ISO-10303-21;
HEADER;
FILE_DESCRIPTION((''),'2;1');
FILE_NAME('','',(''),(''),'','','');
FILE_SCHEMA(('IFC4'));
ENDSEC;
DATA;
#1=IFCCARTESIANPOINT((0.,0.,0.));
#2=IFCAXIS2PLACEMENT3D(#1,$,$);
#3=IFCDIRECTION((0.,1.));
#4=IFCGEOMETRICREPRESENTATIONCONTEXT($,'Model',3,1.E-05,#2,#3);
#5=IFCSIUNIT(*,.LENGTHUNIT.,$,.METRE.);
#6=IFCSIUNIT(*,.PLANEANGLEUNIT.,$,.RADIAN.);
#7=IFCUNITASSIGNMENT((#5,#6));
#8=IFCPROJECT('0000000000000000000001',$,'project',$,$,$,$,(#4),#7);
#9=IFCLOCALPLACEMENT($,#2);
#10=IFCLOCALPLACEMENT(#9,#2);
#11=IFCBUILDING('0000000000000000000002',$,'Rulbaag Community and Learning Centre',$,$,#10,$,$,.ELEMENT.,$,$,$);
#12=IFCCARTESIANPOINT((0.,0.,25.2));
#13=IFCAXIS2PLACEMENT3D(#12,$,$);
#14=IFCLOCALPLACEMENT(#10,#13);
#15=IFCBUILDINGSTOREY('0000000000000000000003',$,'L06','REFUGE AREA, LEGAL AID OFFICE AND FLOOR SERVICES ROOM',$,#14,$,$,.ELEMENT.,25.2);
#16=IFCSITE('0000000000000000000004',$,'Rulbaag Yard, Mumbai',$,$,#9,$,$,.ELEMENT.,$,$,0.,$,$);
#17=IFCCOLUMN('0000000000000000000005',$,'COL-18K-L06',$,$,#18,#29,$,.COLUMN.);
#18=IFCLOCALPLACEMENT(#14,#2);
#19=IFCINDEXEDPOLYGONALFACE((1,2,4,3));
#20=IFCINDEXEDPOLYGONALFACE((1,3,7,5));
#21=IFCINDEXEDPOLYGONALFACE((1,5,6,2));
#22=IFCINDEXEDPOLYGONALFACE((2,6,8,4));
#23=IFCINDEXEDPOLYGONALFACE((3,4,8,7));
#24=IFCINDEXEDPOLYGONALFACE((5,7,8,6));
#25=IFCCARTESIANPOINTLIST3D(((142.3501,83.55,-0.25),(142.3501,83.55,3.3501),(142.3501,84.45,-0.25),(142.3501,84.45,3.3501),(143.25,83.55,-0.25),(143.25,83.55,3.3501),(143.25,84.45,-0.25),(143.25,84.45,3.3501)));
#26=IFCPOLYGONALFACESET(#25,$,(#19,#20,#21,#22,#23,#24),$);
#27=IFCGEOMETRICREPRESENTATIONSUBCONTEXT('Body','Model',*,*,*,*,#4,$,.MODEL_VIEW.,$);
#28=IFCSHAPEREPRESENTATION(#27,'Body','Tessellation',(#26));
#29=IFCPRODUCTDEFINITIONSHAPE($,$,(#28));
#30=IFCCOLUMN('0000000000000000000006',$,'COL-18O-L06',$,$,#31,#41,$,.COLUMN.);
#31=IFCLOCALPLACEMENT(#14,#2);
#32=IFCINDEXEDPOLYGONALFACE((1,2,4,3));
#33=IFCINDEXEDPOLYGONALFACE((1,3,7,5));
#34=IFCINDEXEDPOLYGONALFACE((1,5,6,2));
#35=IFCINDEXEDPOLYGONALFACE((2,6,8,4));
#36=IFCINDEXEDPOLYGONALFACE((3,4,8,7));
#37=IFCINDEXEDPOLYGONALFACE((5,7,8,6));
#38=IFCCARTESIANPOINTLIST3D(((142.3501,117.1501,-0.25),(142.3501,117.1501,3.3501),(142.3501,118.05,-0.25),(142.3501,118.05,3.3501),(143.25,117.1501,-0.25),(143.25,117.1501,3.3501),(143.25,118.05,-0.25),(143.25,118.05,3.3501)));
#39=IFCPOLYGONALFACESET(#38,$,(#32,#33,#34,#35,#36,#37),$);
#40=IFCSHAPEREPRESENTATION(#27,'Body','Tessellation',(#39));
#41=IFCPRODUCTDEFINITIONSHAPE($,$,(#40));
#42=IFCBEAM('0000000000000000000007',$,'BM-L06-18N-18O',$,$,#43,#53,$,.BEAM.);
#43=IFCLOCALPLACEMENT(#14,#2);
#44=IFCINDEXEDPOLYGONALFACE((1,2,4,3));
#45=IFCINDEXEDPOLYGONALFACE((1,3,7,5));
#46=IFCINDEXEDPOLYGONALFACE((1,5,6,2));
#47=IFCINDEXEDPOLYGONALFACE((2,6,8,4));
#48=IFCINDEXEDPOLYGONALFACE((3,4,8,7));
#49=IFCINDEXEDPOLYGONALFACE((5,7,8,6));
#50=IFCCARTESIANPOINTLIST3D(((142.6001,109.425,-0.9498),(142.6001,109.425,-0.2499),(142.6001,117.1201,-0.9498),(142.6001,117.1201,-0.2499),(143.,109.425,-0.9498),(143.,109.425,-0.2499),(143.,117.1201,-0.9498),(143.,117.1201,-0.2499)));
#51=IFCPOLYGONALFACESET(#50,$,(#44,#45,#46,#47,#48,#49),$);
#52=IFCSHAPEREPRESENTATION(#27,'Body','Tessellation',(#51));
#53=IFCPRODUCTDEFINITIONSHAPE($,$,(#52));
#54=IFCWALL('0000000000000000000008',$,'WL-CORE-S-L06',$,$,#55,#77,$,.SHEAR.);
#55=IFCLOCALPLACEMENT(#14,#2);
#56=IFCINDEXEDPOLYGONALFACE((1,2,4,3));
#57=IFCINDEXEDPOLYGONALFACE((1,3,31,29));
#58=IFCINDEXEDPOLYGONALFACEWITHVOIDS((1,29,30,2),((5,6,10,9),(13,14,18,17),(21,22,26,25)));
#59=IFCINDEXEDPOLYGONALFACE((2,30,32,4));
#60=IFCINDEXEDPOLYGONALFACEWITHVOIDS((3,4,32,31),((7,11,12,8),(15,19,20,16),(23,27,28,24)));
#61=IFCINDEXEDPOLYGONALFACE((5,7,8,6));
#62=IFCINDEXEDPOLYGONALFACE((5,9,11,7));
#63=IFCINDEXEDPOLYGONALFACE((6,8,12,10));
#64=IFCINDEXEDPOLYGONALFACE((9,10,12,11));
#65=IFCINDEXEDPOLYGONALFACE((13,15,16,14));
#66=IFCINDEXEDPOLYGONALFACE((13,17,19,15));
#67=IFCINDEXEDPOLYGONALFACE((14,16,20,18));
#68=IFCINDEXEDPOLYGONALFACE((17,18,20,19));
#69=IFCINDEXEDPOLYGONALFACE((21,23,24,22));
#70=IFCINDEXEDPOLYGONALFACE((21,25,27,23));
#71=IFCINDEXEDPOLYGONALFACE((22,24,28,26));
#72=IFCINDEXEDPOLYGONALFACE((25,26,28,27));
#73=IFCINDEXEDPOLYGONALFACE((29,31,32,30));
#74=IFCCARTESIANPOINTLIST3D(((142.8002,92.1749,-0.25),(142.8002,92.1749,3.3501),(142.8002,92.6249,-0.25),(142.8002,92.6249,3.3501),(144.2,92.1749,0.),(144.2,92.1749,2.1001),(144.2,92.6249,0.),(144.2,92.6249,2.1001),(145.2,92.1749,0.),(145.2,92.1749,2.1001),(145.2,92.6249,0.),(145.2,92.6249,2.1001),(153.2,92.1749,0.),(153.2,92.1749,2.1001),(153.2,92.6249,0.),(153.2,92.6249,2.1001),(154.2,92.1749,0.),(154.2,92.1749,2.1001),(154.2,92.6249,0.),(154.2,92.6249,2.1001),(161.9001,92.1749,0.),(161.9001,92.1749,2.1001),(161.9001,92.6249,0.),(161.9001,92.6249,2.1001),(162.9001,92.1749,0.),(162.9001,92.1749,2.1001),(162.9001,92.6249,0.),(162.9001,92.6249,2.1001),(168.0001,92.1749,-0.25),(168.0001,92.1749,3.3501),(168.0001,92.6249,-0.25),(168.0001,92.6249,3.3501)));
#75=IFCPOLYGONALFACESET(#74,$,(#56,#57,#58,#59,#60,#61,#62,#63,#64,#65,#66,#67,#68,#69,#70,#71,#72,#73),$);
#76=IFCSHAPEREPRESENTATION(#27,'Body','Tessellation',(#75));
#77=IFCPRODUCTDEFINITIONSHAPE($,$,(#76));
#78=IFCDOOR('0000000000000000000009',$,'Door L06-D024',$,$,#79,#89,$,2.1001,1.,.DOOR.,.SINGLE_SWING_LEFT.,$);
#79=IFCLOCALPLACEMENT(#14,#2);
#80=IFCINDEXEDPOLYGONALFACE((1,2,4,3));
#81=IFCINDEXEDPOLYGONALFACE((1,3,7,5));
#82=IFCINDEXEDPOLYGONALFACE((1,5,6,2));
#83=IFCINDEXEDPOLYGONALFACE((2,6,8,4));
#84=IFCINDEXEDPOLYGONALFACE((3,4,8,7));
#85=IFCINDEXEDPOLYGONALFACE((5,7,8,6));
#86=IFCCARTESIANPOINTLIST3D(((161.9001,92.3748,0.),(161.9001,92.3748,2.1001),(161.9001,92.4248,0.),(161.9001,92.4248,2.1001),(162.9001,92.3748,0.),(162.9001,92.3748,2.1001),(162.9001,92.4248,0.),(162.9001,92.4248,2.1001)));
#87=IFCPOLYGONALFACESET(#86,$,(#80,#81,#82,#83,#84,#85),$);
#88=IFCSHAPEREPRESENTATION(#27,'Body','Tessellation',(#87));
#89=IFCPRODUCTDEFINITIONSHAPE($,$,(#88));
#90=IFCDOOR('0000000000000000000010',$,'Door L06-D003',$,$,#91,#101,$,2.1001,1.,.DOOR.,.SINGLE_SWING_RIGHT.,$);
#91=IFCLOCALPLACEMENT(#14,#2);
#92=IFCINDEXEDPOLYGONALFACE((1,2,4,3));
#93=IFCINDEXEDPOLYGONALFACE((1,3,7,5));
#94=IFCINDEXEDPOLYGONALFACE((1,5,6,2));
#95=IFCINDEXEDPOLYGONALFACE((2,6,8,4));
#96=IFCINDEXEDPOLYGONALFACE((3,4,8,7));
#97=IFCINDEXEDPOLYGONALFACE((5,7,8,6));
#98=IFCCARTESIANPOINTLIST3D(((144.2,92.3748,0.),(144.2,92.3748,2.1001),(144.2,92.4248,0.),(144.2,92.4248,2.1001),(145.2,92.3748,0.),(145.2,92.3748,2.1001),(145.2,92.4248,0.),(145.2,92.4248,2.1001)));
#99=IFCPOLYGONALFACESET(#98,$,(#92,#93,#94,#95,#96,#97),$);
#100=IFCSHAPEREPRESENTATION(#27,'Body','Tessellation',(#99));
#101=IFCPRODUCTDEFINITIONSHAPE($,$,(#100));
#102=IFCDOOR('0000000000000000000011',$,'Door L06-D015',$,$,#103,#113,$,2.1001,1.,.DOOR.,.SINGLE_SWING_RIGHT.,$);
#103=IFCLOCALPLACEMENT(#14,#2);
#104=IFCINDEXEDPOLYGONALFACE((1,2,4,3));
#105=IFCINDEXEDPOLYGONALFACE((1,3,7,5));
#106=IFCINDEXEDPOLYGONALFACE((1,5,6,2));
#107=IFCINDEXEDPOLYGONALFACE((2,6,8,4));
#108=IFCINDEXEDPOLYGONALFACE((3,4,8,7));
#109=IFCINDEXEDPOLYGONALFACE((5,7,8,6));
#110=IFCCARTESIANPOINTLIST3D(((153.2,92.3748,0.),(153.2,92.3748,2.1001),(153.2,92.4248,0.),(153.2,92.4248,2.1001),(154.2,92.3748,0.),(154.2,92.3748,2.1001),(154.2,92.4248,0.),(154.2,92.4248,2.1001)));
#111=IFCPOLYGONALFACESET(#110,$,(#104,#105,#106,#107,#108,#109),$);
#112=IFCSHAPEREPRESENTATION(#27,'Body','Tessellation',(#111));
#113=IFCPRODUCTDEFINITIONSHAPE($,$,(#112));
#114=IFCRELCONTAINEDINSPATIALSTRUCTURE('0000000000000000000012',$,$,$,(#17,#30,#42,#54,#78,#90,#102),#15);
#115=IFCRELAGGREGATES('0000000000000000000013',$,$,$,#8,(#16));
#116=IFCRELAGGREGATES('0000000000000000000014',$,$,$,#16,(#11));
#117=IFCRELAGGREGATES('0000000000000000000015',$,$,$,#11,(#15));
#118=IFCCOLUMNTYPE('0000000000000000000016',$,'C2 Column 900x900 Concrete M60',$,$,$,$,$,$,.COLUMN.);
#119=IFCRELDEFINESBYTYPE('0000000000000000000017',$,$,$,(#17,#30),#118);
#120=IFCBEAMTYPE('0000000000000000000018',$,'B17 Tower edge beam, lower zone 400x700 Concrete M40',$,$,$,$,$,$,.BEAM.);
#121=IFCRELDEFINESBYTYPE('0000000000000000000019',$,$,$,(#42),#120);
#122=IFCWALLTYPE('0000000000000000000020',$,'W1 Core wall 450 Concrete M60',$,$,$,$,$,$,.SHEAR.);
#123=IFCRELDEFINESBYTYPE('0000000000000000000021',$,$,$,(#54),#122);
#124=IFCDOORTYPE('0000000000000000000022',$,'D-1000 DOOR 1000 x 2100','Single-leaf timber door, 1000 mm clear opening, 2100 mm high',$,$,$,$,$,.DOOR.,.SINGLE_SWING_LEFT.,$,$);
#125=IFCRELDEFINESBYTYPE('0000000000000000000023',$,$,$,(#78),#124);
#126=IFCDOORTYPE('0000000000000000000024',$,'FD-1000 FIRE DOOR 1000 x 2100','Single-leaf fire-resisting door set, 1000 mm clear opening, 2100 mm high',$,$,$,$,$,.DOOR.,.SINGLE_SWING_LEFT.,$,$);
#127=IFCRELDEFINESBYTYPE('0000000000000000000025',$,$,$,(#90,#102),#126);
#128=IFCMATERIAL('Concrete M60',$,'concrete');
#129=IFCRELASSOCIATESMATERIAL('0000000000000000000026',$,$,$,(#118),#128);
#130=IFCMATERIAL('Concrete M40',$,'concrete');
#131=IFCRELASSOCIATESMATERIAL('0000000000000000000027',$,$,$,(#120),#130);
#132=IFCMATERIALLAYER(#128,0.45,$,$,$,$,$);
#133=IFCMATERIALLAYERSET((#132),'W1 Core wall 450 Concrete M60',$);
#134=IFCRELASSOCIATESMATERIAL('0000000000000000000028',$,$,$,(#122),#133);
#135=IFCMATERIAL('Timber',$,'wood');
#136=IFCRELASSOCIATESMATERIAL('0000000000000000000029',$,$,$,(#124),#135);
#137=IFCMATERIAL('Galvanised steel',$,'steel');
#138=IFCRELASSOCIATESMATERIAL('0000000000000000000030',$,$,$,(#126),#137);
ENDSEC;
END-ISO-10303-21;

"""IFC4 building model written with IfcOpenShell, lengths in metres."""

from ifc_helpers import new_model, si_unit, direction, frame, frame_2d, origin, origin_2d, place, context, subcontext, project, spatial, rectangle, extrude, material, layer, layer_set, material_profile, profile_set, type_object, element, fill, save


model = new_model("IFC4")

# Units and contexts
model_context = context("Model", 3, precision=1e-05, world=origin(), true_north=direction((0.0, 1.0)))
body_context = subcontext(model_context, "Body", "Model", "MODEL_VIEW")
ifc_project = project(units=[si_unit("LENGTHUNIT", "METRE"), si_unit("PLANEANGLEUNIT", "RADIAN")], contexts=[model_context])

# Site, building, storey
site_placement = place(None, origin())
site = spatial("IfcSite", under=ifc_project, at=site_placement, Name="Rulbaag Yard, Mumbai", CompositionType="ELEMENT", RefElevation=0.0)
building_placement = place(site_placement, origin())
building = spatial("IfcBuilding", under=site, at=building_placement, Name="Rulbaag Community and Learning Centre", CompositionType="ELEMENT")
storey_placement = place(building_placement, frame((0.0, 0.0, 25.2)))
storey = spatial("IfcBuildingStorey", under=building, at=storey_placement, Name="L06", Description="REFUGE AREA, LEGAL AID OFFICE AND FLOOR SERVICES ROOM", CompositionType="ELEMENT", Elevation=25.2)

# Columns
ifc_material_1 = material(Name="Concrete M60", Category="concrete")
ifc_material_profile_1 = material_profile(ifc_material_1, rectangle(XDim=0.8999, YDim=0.8999, at=origin_2d()), Name="RC900x900")
ifc_profile_set_1 = profile_set([ifc_material_profile_1], Name="Concrete M60")
column_type = type_object("IfcColumnType", Name="C2 Column 900x900 Concrete M60", PredefinedType="COLUMN", material=ifc_profile_set_1)
for number, where, z_axis, x_axis, name in (
    (1, (142.8, 84.0, -0.25), (0.0, 0.0, 1.0), (1.0, 0.0, 0.0), "COL-18K-L06"),
    (2, (142.8, 117.6001, -0.25), (0.0, 0.0, 1.0), (1.0, 0.0, 0.0), "COL-18O-L06"),
):
    element("IfcColumn", number, at=place(storey_placement, frame(where, z_axis=z_axis, x_axis=x_axis)), inside=storey, type_object=column_type, Name=name, PredefinedType="COLUMN", context=body_context, shape_type="SweptSolid", body=[
        extrude(rectangle(XDim=0.8999, YDim=0.8999, at=origin_2d()), origin(), (0.0, 0.0, 1.0), 3.6001),
    ])

# Beam
ifc_material_2 = material(Name="Concrete M40", Category="concrete")
ifc_material_profile_2 = material_profile(ifc_material_2, rectangle(XDim=0.3999, YDim=0.7, at=origin_2d()), Name="RB400x700")
ifc_profile_set_2 = profile_set([ifc_material_profile_2], Name="Concrete M40")
beam_type = type_object("IfcBeamType", Name="B17 Tower edge beam, lower zone 400x700 Concrete M40", PredefinedType="BEAM", material=ifc_profile_set_2)
beam_placement = place(storey_placement, frame((142.8, 109.425, -0.5999), z_axis=(0.0, 1.0, 0.0), x_axis=(-1.0, 0.0, 0.0)))
element("IfcBeam", 3, at=beam_placement, inside=storey, type_object=beam_type, Name="BM-L06-18N-18O", PredefinedType="BEAM", context=body_context, shape_type="SweptSolid", body=[
    extrude(rectangle(XDim=0.3999, YDim=0.7, at=origin_2d()), origin(), (0.0, 0.0, 1.0), 7.6951),
])

# Wall, openings, doors
ifc_layer = layer(ifc_material_1, 0.45)
ifc_layer_set = layer_set([ifc_layer], Name="W1 Core wall 450 Concrete M60")
wall_type = type_object("IfcWallType", Name="W1 Core wall 450 Concrete M60", PredefinedType="SHEAR", material=ifc_layer_set)
wall_1_placement = place(storey_placement, frame((142.8, 92.3999, -0.25), z_axis=(0.0, 0.0, 1.0), x_axis=(1.0, 0.0, 0.0)))
wall_1 = element("IfcWall", 4, at=wall_1_placement, inside=storey, type_object=wall_type, Name="WL-CORE-S-L06", PredefinedType="SHEAR", context=body_context, shape_type="SweptSolid", body=[
    extrude(rectangle(XDim=25.2, YDim=0.45, at=frame_2d((12.6001, 0.0))), origin(), (0.0, 0.0, 1.0), 3.6001),
])
opening_1_placement = place(wall_1_placement, frame((1.3999, 0.0, 0.25)))
opening_1 = element("IfcOpeningElement", 5, at=opening_1_placement, cuts=wall_1, PredefinedType="OPENING", context=body_context, shape_type="SweptSolid", body=[
    extrude(rectangle(XDim=1.0, YDim=2.1001, at=frame_2d((0.5, 1.05))), frame((0.0, 0.2349, 0.0), z_axis=(0.0, -1.0, 0.0), x_axis=(1.0, 0.0, 0.0)), (0.0, 0.0, 1.0), 0.47),
])
opening_2_placement = place(wall_1_placement, frame((19.1001, 0.0, 0.25)))
opening_2 = element("IfcOpeningElement", 6, at=opening_2_placement, cuts=wall_1, PredefinedType="OPENING", context=body_context, shape_type="SweptSolid", body=[
    extrude(rectangle(XDim=1.0, YDim=2.1001, at=frame_2d((0.5, 1.05))), frame((0.0, 0.2349, 0.0), z_axis=(0.0, -1.0, 0.0), x_axis=(1.0, 0.0, 0.0)), (0.0, 0.0, 1.0), 0.47),
])
opening_3_placement = place(wall_1_placement, frame((10.3999, 0.0, 0.25)))
opening_3 = element("IfcOpeningElement", 7, at=opening_3_placement, cuts=wall_1, PredefinedType="OPENING", context=body_context, shape_type="SweptSolid", body=[
    extrude(rectangle(XDim=1.0, YDim=2.1001, at=frame_2d((0.5, 1.05))), frame((0.0, 0.2349, 0.0), z_axis=(0.0, -1.0, 0.0), x_axis=(1.0, 0.0, 0.0)), (0.0, 0.0, 1.0), 0.47),
])
ifc_material_3 = material(Name="Timber", Category="wood")
door_type_1 = type_object("IfcDoorType", Name="D-1000 DOOR 1000 x 2100", Description="Single-leaf timber door, 1000 mm clear opening, 2100 mm high", OperationType="SINGLE_SWING_LEFT", PredefinedType="DOOR", material=ifc_material_3)
door_1_placement = place(opening_2_placement, origin())
door_1 = element("IfcDoor", 8, at=door_1_placement, inside=storey, type_object=door_type_1, Name="Door L06-D024", OperationType="SINGLE_SWING_LEFT", OverallHeight=2.1001, OverallWidth=1.0, PredefinedType="DOOR", context=body_context, shape_type="SweptSolid", body=[
    extrude(rectangle(XDim=1.0, YDim=2.1001, at=frame_2d((0.5, 1.05))), frame((0.0, 0.0249, 0.0), z_axis=(0.0, -1.0, 0.0), x_axis=(1.0, 0.0, 0.0)), (0.0, 0.0, 1.0), 0.05),
])
fill(opening_2, door_1)
ifc_material_4 = material(Name="Galvanised steel", Category="steel")
door_type_2 = type_object("IfcDoorType", Name="FD-1000 FIRE DOOR 1000 x 2100", Description="Single-leaf fire-resisting door set, 1000 mm clear opening, 2100 mm high", OperationType="SINGLE_SWING_LEFT", PredefinedType="DOOR", material=ifc_material_4)
door_2_placement = place(opening_1_placement, origin())
door_2 = element("IfcDoor", 9, at=door_2_placement, inside=storey, type_object=door_type_2, Name="Door L06-D003", OperationType="SINGLE_SWING_RIGHT", OverallHeight=2.1001, OverallWidth=1.0, PredefinedType="DOOR", context=body_context, shape_type="SweptSolid", body=[
    extrude(rectangle(XDim=1.0, YDim=2.1001, at=frame_2d((0.5, 1.05))), frame((0.0, 0.0249, 0.0), z_axis=(0.0, -1.0, 0.0), x_axis=(1.0, 0.0, 0.0)), (0.0, 0.0, 1.0), 0.05),
])
fill(opening_1, door_2)
door_3_placement = place(opening_3_placement, origin())
door_3 = element("IfcDoor", 10, at=door_3_placement, inside=storey, type_object=door_type_2, Name="Door L06-D015", OperationType="SINGLE_SWING_RIGHT", OverallHeight=2.1001, OverallWidth=1.0, PredefinedType="DOOR", context=body_context, shape_type="SweptSolid", body=[
    extrude(rectangle(XDim=1.0, YDim=2.1001, at=frame_2d((0.5, 1.05))), frame((0.0, 0.0249, 0.0), z_axis=(0.0, -1.0, 0.0), x_axis=(1.0, 0.0, 0.0)), (0.0, 0.0, 1.0), 0.05),
])
fill(opening_3, door_3)

save(model, "model.ifc")
